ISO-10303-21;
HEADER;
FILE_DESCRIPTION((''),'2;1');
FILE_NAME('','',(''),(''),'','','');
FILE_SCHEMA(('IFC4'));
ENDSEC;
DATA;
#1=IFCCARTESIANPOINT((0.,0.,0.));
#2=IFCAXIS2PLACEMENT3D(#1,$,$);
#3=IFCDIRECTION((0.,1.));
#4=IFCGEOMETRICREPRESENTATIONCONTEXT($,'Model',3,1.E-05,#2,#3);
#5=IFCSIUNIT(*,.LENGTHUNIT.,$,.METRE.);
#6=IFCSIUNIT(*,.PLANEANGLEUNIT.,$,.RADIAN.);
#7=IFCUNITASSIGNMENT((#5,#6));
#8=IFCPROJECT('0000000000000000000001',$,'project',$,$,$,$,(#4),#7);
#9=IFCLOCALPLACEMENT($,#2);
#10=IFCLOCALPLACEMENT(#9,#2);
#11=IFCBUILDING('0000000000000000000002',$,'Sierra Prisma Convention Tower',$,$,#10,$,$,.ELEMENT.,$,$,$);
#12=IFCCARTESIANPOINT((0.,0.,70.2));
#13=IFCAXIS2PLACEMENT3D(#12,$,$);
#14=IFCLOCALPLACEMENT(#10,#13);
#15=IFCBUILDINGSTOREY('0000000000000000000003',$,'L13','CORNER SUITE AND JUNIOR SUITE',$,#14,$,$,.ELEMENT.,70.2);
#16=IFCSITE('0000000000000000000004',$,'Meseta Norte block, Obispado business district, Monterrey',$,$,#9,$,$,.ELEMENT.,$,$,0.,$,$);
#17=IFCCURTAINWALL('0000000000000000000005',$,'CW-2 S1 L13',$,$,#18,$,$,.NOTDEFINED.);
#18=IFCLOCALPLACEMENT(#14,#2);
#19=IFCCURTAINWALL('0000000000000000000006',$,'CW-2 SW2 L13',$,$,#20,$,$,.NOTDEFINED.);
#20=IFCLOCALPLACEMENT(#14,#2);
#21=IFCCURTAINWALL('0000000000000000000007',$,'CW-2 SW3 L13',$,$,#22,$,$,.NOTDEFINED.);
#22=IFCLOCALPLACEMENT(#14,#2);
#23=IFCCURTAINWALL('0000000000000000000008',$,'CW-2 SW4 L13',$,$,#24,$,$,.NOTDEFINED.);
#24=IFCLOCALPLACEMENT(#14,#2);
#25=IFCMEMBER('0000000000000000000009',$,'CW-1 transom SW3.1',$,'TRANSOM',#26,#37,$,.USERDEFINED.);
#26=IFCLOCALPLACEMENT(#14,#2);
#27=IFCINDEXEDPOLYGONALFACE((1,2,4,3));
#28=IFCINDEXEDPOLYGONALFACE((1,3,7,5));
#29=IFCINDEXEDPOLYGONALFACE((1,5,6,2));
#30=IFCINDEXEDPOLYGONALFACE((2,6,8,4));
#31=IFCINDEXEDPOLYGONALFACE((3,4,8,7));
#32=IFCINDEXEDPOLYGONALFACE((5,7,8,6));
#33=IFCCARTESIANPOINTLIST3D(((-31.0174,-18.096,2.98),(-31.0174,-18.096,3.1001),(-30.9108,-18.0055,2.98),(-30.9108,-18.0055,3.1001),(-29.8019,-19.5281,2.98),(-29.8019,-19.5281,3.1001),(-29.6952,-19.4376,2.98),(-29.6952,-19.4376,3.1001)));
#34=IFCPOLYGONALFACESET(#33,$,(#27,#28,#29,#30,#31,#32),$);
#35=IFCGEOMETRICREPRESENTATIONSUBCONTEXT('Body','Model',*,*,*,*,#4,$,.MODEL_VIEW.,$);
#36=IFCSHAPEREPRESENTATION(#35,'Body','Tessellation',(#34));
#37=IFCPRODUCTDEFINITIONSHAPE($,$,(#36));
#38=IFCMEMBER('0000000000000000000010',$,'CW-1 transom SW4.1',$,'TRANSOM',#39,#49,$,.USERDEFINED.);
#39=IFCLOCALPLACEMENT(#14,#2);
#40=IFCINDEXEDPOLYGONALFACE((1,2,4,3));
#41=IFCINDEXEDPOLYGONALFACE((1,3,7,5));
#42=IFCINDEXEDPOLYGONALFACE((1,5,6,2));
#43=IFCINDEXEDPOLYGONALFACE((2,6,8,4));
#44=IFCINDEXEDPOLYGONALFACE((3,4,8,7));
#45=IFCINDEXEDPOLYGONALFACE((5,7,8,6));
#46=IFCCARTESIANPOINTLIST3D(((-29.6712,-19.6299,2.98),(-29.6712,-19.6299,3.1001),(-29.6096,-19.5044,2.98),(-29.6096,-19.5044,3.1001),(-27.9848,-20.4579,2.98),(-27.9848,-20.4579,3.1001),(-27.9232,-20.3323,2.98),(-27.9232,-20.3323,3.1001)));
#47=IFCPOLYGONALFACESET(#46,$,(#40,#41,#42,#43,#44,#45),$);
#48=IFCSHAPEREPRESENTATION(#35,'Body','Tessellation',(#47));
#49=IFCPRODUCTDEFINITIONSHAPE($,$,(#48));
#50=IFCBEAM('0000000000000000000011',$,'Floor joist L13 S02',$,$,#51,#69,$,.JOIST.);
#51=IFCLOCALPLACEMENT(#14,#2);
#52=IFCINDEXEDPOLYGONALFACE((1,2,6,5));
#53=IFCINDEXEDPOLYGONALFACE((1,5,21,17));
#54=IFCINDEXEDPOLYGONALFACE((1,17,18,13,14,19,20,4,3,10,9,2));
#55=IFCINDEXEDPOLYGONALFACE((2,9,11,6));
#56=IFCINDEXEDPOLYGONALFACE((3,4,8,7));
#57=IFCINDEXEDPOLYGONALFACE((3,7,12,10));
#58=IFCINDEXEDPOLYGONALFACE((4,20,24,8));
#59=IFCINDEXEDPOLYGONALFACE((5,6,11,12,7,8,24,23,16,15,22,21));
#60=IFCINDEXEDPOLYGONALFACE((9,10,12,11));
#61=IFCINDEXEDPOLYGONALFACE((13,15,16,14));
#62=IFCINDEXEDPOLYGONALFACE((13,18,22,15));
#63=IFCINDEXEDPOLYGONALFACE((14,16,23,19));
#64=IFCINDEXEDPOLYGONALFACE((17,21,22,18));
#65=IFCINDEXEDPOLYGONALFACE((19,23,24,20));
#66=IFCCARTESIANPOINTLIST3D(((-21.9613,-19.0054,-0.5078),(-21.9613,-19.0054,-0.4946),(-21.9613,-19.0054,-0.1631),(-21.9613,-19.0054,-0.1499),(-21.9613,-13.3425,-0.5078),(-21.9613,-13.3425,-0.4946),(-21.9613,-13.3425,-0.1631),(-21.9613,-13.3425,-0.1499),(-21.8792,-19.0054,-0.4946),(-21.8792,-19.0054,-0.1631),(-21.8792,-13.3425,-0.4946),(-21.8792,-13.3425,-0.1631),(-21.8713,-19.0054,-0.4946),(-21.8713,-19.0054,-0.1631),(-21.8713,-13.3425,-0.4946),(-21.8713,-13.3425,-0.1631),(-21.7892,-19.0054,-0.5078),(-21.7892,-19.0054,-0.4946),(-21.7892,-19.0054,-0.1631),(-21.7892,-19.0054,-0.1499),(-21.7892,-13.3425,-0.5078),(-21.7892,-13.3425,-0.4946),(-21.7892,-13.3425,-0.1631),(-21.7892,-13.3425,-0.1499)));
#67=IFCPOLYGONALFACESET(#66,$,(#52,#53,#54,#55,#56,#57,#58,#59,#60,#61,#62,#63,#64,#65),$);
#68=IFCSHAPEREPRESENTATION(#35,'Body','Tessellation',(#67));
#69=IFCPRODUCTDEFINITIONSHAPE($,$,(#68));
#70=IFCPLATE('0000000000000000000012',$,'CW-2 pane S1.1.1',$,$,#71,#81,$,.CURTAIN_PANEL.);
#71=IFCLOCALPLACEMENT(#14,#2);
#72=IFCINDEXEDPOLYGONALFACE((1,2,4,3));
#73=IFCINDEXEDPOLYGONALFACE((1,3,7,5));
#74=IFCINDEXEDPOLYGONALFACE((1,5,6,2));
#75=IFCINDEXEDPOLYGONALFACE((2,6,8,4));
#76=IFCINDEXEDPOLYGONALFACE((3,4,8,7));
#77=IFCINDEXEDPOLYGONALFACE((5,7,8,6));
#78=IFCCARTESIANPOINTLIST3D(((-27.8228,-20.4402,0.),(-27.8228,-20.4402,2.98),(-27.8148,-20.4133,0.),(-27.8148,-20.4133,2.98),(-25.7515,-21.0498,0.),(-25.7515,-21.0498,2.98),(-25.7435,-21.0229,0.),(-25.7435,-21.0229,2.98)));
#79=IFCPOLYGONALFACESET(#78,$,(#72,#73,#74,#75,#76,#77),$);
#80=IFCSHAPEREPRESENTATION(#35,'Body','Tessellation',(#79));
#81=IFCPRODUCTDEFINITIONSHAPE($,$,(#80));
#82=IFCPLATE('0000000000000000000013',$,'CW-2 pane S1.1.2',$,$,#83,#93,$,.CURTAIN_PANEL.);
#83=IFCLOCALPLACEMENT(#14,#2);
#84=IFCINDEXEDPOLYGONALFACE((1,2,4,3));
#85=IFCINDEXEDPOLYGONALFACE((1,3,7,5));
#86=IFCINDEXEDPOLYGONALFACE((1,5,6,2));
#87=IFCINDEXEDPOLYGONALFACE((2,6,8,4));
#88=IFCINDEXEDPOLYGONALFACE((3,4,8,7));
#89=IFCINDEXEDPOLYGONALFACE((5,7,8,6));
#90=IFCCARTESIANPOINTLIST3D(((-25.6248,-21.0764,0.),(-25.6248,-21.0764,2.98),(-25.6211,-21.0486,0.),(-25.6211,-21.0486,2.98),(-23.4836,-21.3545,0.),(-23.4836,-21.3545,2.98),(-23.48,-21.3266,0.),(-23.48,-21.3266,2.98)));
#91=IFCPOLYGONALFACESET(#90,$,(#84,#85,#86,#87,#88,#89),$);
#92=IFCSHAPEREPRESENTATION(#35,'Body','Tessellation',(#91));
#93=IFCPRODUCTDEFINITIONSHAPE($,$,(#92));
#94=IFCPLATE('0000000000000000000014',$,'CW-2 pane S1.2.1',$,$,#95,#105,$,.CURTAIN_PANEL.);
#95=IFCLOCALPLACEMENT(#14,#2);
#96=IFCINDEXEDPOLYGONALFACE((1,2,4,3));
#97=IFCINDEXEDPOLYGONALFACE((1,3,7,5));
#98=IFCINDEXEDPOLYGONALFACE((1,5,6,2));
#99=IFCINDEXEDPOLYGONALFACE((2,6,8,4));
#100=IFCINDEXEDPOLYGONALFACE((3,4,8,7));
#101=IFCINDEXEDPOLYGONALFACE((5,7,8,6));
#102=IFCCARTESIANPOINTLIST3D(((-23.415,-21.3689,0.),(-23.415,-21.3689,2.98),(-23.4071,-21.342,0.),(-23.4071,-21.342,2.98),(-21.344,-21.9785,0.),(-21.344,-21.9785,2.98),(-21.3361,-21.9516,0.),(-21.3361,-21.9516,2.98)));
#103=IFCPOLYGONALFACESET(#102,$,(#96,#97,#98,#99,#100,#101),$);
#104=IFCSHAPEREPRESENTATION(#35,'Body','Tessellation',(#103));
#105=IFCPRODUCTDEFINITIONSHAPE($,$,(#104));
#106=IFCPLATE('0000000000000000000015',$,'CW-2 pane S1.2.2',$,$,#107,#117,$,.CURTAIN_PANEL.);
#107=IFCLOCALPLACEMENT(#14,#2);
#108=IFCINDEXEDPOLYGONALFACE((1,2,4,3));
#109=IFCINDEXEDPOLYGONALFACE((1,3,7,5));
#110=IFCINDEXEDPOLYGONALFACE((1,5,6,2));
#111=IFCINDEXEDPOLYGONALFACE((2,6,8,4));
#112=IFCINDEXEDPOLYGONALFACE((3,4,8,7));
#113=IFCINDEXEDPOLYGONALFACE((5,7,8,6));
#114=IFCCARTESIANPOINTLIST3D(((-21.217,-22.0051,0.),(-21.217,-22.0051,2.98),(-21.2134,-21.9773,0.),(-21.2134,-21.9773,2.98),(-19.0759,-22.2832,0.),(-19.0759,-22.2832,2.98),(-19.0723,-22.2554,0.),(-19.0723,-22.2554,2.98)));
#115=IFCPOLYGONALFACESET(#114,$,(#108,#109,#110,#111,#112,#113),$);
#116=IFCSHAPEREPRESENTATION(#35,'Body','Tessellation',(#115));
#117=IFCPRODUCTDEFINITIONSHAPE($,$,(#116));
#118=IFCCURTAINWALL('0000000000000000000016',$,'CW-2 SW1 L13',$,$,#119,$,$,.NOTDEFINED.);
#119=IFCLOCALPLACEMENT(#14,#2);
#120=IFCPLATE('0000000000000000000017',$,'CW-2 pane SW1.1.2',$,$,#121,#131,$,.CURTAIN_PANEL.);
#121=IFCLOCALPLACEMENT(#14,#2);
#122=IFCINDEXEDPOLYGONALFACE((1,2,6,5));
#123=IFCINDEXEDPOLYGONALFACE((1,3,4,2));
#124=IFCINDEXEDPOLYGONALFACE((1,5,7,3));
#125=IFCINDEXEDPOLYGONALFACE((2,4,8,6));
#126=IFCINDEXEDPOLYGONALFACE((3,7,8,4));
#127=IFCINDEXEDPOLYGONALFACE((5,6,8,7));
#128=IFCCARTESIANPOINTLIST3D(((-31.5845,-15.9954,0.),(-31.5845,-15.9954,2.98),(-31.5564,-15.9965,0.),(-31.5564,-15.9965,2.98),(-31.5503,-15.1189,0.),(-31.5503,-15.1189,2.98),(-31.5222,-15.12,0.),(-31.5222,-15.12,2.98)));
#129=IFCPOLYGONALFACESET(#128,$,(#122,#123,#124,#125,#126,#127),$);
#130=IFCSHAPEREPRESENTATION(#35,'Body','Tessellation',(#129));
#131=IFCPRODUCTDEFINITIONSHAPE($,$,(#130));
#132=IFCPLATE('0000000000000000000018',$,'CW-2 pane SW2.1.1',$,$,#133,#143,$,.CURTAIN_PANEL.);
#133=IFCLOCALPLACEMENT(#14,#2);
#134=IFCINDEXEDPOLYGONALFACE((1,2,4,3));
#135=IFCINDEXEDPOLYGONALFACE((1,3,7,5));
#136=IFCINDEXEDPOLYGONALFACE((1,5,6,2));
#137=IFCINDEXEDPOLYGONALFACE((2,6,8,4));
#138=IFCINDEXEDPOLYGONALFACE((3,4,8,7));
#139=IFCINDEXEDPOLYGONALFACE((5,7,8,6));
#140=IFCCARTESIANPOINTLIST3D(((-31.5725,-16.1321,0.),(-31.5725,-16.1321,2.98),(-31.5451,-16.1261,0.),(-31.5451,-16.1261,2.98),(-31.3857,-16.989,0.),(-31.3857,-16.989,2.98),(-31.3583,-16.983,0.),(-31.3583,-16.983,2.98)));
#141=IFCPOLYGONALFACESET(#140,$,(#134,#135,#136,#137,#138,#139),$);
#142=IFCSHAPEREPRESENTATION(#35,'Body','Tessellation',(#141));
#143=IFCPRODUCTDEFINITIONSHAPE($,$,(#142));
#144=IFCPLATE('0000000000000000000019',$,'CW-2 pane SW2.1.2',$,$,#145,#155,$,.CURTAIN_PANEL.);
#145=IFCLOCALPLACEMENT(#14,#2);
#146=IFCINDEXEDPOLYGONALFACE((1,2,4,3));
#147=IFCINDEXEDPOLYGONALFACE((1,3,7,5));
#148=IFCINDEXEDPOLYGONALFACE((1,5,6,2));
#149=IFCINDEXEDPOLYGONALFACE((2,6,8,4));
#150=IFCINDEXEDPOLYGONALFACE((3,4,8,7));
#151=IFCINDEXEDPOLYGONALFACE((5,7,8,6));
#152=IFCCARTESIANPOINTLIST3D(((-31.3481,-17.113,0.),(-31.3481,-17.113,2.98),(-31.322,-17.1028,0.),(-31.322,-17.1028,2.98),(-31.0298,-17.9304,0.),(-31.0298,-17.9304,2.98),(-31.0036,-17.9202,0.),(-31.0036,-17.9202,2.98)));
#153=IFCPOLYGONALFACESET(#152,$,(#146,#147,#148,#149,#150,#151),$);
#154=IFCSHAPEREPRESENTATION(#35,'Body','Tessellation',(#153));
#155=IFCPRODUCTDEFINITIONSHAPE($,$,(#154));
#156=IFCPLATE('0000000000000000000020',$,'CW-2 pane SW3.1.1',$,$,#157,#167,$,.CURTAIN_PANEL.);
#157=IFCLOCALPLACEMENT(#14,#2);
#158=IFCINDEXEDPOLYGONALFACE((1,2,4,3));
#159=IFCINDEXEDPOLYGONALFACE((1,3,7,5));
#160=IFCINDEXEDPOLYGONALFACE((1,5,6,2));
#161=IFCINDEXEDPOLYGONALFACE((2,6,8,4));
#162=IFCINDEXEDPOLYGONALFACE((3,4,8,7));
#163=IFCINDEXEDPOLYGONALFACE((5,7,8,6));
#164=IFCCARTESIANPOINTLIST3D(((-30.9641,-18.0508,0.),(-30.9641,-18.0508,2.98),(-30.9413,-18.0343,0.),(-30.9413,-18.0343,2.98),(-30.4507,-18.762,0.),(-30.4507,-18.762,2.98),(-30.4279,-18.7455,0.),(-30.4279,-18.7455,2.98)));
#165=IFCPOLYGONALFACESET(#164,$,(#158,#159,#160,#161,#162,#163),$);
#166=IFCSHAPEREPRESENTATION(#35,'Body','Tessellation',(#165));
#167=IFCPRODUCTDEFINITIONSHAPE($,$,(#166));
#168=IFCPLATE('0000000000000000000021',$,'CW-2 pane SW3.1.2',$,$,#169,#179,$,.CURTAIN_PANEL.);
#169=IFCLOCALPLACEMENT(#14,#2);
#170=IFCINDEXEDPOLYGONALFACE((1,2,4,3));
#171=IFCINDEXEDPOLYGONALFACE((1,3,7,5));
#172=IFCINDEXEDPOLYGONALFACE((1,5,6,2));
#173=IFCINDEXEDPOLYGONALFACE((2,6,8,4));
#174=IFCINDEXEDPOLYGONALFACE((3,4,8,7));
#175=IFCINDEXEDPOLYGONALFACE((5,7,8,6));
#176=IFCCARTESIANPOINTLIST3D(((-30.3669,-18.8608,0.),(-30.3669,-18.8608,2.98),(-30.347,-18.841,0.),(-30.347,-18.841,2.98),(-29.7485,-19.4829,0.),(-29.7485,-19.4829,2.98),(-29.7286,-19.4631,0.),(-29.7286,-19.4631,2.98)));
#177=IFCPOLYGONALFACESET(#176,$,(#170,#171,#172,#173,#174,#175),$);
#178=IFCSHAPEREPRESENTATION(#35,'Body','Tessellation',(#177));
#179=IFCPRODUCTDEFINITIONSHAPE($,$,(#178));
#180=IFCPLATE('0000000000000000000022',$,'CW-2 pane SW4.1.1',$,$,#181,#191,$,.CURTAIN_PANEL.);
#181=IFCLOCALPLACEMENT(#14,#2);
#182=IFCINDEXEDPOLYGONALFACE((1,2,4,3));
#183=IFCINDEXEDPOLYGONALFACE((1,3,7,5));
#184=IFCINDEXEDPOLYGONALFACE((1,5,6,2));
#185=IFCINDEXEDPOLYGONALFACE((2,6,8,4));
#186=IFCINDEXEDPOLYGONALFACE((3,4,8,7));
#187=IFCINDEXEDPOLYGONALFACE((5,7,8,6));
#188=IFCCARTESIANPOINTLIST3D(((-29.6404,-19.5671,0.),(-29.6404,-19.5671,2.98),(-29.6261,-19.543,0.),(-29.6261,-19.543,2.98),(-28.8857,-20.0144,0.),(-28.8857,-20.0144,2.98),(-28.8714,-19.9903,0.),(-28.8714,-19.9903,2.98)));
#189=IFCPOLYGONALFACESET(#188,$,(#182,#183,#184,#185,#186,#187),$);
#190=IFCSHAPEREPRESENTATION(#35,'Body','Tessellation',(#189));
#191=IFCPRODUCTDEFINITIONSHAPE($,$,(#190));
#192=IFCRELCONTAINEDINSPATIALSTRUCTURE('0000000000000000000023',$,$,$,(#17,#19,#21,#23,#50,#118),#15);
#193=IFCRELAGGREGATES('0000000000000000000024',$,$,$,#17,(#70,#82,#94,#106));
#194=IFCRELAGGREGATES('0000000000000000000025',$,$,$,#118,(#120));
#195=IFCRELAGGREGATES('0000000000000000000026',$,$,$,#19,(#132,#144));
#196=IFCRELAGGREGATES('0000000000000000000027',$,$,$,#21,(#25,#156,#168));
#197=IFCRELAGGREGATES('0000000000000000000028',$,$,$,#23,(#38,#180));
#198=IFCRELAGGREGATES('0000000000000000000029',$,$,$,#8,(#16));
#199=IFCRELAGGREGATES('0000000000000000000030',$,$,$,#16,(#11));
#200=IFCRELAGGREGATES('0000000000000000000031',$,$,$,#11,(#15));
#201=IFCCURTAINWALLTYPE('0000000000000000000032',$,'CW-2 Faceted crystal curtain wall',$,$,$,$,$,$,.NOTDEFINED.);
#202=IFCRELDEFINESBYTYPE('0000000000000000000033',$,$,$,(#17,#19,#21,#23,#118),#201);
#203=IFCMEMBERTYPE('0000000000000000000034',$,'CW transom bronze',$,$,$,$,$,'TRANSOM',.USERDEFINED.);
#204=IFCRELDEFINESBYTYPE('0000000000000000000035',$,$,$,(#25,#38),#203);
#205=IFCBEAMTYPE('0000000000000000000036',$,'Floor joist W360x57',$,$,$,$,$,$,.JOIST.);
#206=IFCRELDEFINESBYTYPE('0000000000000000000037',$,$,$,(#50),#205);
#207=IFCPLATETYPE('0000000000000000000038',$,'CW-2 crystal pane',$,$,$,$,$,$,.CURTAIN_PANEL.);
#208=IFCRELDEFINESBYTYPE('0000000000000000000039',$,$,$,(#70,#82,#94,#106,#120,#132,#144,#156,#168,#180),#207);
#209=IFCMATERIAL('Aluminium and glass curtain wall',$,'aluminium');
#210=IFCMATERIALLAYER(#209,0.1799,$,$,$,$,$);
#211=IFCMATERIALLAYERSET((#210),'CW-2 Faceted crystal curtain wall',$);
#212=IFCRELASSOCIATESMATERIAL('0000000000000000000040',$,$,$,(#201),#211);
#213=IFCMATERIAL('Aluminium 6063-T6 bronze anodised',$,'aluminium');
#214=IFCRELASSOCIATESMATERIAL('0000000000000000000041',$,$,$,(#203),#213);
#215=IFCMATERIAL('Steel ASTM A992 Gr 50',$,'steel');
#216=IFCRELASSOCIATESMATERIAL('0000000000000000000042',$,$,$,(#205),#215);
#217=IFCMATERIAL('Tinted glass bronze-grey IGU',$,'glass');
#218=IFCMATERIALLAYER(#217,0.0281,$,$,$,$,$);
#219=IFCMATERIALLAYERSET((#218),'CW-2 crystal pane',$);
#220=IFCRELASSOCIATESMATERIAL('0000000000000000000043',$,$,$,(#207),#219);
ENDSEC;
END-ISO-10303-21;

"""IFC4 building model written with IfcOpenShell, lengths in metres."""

from ifc_helpers import new_model, si_unit, direction, frame, origin, origin_2d, place, context, subcontext, project, spatial, polyline, rectangle, i_section, outline, extrude, material, layer, layer_set, material_profile, profile_set, type_object, element, aggregate, save


model = new_model("IFC4")

# Units and contexts
model_context = context("Model", 3, precision=1e-05, world=origin(), true_north=direction((0.0, 1.0)))
body_context = subcontext(model_context, "Body", "Model", "MODEL_VIEW")
ifc_project = project(units=[si_unit("LENGTHUNIT", "METRE"), si_unit("PLANEANGLEUNIT", "RADIAN")], contexts=[model_context])

# Site, building, storey
site_placement = place(None, origin())
site = spatial("IfcSite", under=ifc_project, at=site_placement, Name="Meseta Norte block, Obispado business district, Monterrey", CompositionType="ELEMENT", RefElevation=0.0)
building_placement = place(site_placement, origin())
building = spatial("IfcBuilding", under=site, at=building_placement, Name="Sierra Prisma Convention Tower", CompositionType="ELEMENT")
storey_placement = place(building_placement, frame((0.0, 0.0, 70.2)))
storey = spatial("IfcBuildingStorey", under=building, at=storey_placement, Name="L13", Description="CORNER SUITE AND JUNIOR SUITE", CompositionType="ELEMENT", Elevation=70.2)

# Curtain wall
ifc_material_1 = material(Name="Aluminium and glass curtain wall", Category="aluminium")
ifc_layer_1 = layer(ifc_material_1, 0.1799)
ifc_layer_set_1 = layer_set([ifc_layer_1], Name="CW-2 Faceted crystal curtain wall")
curtain_wall_type = type_object("IfcCurtainWallType", Name="CW-2 Faceted crystal curtain wall", PredefinedType="NOTDEFINED", material=ifc_layer_set_1)
curtain_wall_1_placement = place(storey_placement, origin())
curtain_wall_1 = element("IfcCurtainWall", 1, at=curtain_wall_1_placement, inside=storey, type_object=curtain_wall_type, Name="CW-2 S1 L13", PredefinedType="NOTDEFINED")

# Curtain walls
curtain_wall_2_placement = place(storey_placement, origin())
curtain_wall_2 = element("IfcCurtainWall", 2, at=curtain_wall_2_placement, inside=storey, type_object=curtain_wall_type, Name="CW-2 SW2 L13", PredefinedType="NOTDEFINED")
curtain_wall_3_placement = place(storey_placement, origin())
curtain_wall_3 = element("IfcCurtainWall", 3, at=curtain_wall_3_placement, inside=storey, type_object=curtain_wall_type, Name="CW-2 SW3 L13", PredefinedType="NOTDEFINED")
curtain_wall_4_placement = place(storey_placement, origin())
curtain_wall_4 = element("IfcCurtainWall", 4, at=curtain_wall_4_placement, inside=storey, type_object=curtain_wall_type, Name="CW-2 SW4 L13", PredefinedType="NOTDEFINED")

# Members
ifc_material_2 = material(Name="Aluminium 6063-T6 bronze anodised", Category="aluminium")
ifc_material_profile_1 = material_profile(ifc_material_2, rectangle(XDim=0.1399, YDim=0.1201, at=origin_2d()), Name="ALU TRANSOM 120x140")
ifc_profile_set_1 = profile_set([ifc_material_profile_1], Name="Aluminium 6063-T6 bronze anodised")
member_type_1 = type_object("IfcMemberType", Name="CW transom bronze", ElementType="TRANSOM", PredefinedType="USERDEFINED", material=ifc_profile_set_1)
member_1_placement = place(storey_placement, frame((-30.9641, -18.0508, 3.04), z_axis=(0.647113, -0.762394, 0.0), x_axis=(0.762394, 0.647113, 0.0)))
member_1 = element("IfcMember", 5, at=member_1_placement, type_object=member_type_1, Name="CW-1 transom SW3.1", ObjectType="TRANSOM", PredefinedType="USERDEFINED", context=body_context, shape_type="SweptSolid", body=[
    extrude(rectangle(XDim=0.1399, YDim=0.1201, at=origin_2d()), origin(), (0.0, 0.0, 1.0), 1.8784),
])
member_2_placement = place(storey_placement, frame((-29.6404, -19.5671, 3.04), z_axis=(0.897653, -0.440704, 0.0), x_axis=(0.440704, 0.897653, 0.0)))
member_2 = element("IfcMember", 6, at=member_2_placement, type_object=member_type_1, Name="CW-1 transom SW4.1", ObjectType="TRANSOM", PredefinedType="USERDEFINED", context=body_context, shape_type="SweptSolid", body=[
    extrude(rectangle(XDim=0.1399, YDim=0.1201, at=origin_2d()), origin(), (0.0, 0.0, 1.0), 1.8787),
])

# Beam
ifc_material_3 = material(Name="Steel ASTM A992 Gr 50", Category="steel")
ifc_material_profile_2 = material_profile(ifc_material_3, i_section(OverallWidth=0.1721, OverallDepth=0.3579, WebThickness=0.0078, FlangeThickness=0.0132, at=origin_2d()), Name="W360x57")
ifc_profile_set_2 = profile_set([ifc_material_profile_2], Name="Steel ASTM A992 Gr 50")
beam_type = type_object("IfcBeamType", Name="Floor joist W360x57", PredefinedType="JOIST", material=ifc_profile_set_2)
beam_placement = place(storey_placement, frame((-21.8752, -19.0054, -0.3289), z_axis=(0.0, 1.0, 0.0), x_axis=(-1.0, 0.0, 0.0)))
element("IfcBeam", 7, at=beam_placement, inside=storey, type_object=beam_type, Name="Floor joist L13 S02", PredefinedType="JOIST", context=body_context, shape_type="SweptSolid", body=[
    extrude(i_section(OverallWidth=0.1721, OverallDepth=0.3579, WebThickness=0.0078, FlangeThickness=0.0132, at=origin_2d()), origin(), (0.0, 0.0, 1.0), 5.6628),
])

# Plates
ifc_material_4 = material(Name="Tinted glass bronze-grey IGU", Category="glass")
ifc_layer_2 = layer(ifc_material_4, 0.0281)
ifc_layer_set_2 = layer_set([ifc_layer_2], Name="CW-2 crystal pane")
plate_type = type_object("IfcPlateType", Name="CW-2 crystal pane", PredefinedType="CURTAIN_PANEL", material=ifc_layer_set_2)
plate_1_placement = place(storey_placement, frame((-27.8228, -20.4402, 0.0), z_axis=(-0.282344, -0.959313, 0.0), x_axis=(0.959313, -0.282344, 0.0)))
plate_1 = element("IfcPlate", 8, at=plate_1_placement, type_object=plate_type, Name="CW-2 pane S1.1.1", PredefinedType="CURTAIN_PANEL", context=body_context, shape_type="SweptSolid", body=[
    extrude(outline(polyline([(0.0, 0.0), (2.1591, 0.0), (2.1591, 2.98), (0.0, 2.98), (0.0, 0.0)])), origin(), (0.0, 0.0, -1.0), 0.0281),
])
plate_2_placement = place(storey_placement, frame((-23.4836, -21.3545, 0.0), z_axis=(-0.128793, -0.991672, 0.0), x_axis=(-0.991672, 0.128793, 0.0)))
plate_2 = element("IfcPlate", 9, at=plate_2_placement, type_object=plate_type, Name="CW-2 pane S1.1.2", PredefinedType="CURTAIN_PANEL", context=body_context, shape_type="SweptSolid", body=[
    extrude(outline(polyline([(0.0, 0.0), (2.1591, 0.0), (2.1591, -2.98), (0.0, -2.98), (0.0, 0.0)])), origin(), (0.0, 0.0, -1.0), 0.0281),
])
plate_3_placement = place(storey_placement, frame((-23.415, -21.3689, 0.0), z_axis=(-0.282374, -0.959304, 0.0), x_axis=(0.959304, -0.282374, 0.0)))
plate_3 = element("IfcPlate", 10, at=plate_3_placement, type_object=plate_type, Name="CW-2 pane S1.2.1", PredefinedType="CURTAIN_PANEL", context=body_context, shape_type="SweptSolid", body=[
    extrude(outline(polyline([(0.0, 0.0), (2.1589, 0.0), (2.1589, 2.98), (0.0, 2.98), (0.0, 0.0)])), origin(), (0.0, 0.0, -1.0), 0.0281),
])
plate_4_placement = place(storey_placement, frame((-19.0759, -22.2832, 0.0), z_axis=(-0.128793, -0.991672, 0.0), x_axis=(-0.991672, 0.128793, 0.0)))
plate_4 = element("IfcPlate", 11, at=plate_4_placement, type_object=plate_type, Name="CW-2 pane S1.2.2", PredefinedType="CURTAIN_PANEL", context=body_context, shape_type="SweptSolid", body=[
    extrude(outline(polyline([(0.0, 0.0), (2.1591, 0.0), (2.1591, -2.98), (0.0, -2.98), (0.0, 0.0)])), origin(), (0.0, 0.0, -1.0), 0.0281),
])
aggregate(curtain_wall_1, [plate_1, plate_2, plate_3, plate_4])

# Curtain wall, plate
curtain_wall_5_placement = place(storey_placement, origin())
curtain_wall_5 = element("IfcCurtainWall", 12, at=curtain_wall_5_placement, inside=storey, type_object=curtain_wall_type, Name="CW-2 SW1 L13", PredefinedType="NOTDEFINED")
plate_5_placement = place(storey_placement, frame((-31.5845, -15.9954, 0.0), z_axis=(-0.99924, 0.038968, 0.0), x_axis=(0.038968, 0.99924, 0.0)))
plate_5 = element("IfcPlate", 13, at=plate_5_placement, type_object=plate_type, Name="CW-2 pane SW1.1.2", PredefinedType="CURTAIN_PANEL", context=body_context, shape_type="SweptSolid", body=[
    extrude(outline(polyline([(0.0, 0.0), (0.8771, 0.0), (0.8771, -2.98), (0.0, -2.98), (0.0, 0.0)])), origin(), (0.0, 0.0, -1.0), 0.0281),
])
aggregate(curtain_wall_5, [plate_5])

# Plates
plate_6_placement = place(storey_placement, frame((-31.5725, -16.1321, 0.0), z_axis=(-0.977063, -0.21295, 0.0), x_axis=(0.21295, -0.977063, 0.0)))
plate_6 = element("IfcPlate", 14, at=plate_6_placement, type_object=plate_type, Name="CW-2 pane SW2.1.1", PredefinedType="CURTAIN_PANEL", context=body_context, shape_type="SweptSolid", body=[
    extrude(outline(polyline([(0.0, 0.0), (0.8771, 0.0), (0.8771, 2.98), (0.0, 2.98), (0.0, 0.0)])), origin(), (0.0, 0.0, -1.0), 0.0281),
])
plate_7_placement = place(storey_placement, frame((-31.0298, -17.9304, 0.0), z_axis=(-0.931817, -0.36293, 0.0), x_axis=(-0.36293, 0.931817, 0.0)))
plate_7 = element("IfcPlate", 15, at=plate_7_placement, type_object=plate_type, Name="CW-2 pane SW2.1.2", PredefinedType="CURTAIN_PANEL", context=body_context, shape_type="SweptSolid", body=[
    extrude(outline(polyline([(0.0, 0.0), (0.8772, 0.0), (0.8772, -2.98), (0.0, -2.98), (0.0, 0.0)])), origin(), (0.0, 0.0, -1.0), 0.0281),
])
aggregate(curtain_wall_2, [plate_6, plate_7])
plate_8_placement = place(storey_placement, frame((-30.9641, -18.0508, 0.0), z_axis=(-0.810789, -0.585338, 0.0), x_axis=(0.585338, -0.810789, 0.0)))
plate_8 = element("IfcPlate", 16, at=plate_8_placement, type_object=plate_type, Name="CW-2 pane SW3.1.1", PredefinedType="CURTAIN_PANEL", context=body_context, shape_type="SweptSolid", body=[
    extrude(outline(polyline([(0.0, 0.0), (0.8771, 0.0), (0.8771, 2.98), (0.0, 2.98), (0.0, 0.0)])), origin(), (0.0, 0.0, -1.0), 0.0281),
])
plate_9_placement = place(storey_placement, frame((-29.7485, -19.4829, 0.0), z_axis=(-0.709191, -0.705016, 0.0), x_axis=(-0.705016, 0.709191, 0.0)))
plate_9 = element("IfcPlate", 17, at=plate_9_placement, type_object=plate_type, Name="CW-2 pane SW3.1.2", PredefinedType="CURTAIN_PANEL", context=body_context, shape_type="SweptSolid", body=[
    extrude(outline(polyline([(0.0, 0.0), (0.8772, 0.0), (0.8772, -2.98), (0.0, -2.98), (0.0, 0.0)])), origin(), (0.0, 0.0, -1.0), 0.0281),
])
aggregate(curtain_wall_3, [member_1, plate_8, plate_9])
plate_10_placement = place(storey_placement, frame((-29.6404, -19.5671, 0.0), z_axis=(-0.509863, -0.860255, 0.0), x_axis=(0.860255, -0.509863, 0.0)))
plate_10 = element("IfcPlate", 18, at=plate_10_placement, type_object=plate_type, Name="CW-2 pane SW4.1.1", PredefinedType="CURTAIN_PANEL", context=body_context, shape_type="SweptSolid", body=[
    extrude(outline(polyline([(0.0, 0.0), (0.8772, 0.0), (0.8772, 2.98), (0.0, 2.98), (0.0, 0.0)])), origin(), (0.0, 0.0, -1.0), 0.0281),
])
aggregate(curtain_wall_4, [member_2, plate_10])

save(model, "model.ifc")
